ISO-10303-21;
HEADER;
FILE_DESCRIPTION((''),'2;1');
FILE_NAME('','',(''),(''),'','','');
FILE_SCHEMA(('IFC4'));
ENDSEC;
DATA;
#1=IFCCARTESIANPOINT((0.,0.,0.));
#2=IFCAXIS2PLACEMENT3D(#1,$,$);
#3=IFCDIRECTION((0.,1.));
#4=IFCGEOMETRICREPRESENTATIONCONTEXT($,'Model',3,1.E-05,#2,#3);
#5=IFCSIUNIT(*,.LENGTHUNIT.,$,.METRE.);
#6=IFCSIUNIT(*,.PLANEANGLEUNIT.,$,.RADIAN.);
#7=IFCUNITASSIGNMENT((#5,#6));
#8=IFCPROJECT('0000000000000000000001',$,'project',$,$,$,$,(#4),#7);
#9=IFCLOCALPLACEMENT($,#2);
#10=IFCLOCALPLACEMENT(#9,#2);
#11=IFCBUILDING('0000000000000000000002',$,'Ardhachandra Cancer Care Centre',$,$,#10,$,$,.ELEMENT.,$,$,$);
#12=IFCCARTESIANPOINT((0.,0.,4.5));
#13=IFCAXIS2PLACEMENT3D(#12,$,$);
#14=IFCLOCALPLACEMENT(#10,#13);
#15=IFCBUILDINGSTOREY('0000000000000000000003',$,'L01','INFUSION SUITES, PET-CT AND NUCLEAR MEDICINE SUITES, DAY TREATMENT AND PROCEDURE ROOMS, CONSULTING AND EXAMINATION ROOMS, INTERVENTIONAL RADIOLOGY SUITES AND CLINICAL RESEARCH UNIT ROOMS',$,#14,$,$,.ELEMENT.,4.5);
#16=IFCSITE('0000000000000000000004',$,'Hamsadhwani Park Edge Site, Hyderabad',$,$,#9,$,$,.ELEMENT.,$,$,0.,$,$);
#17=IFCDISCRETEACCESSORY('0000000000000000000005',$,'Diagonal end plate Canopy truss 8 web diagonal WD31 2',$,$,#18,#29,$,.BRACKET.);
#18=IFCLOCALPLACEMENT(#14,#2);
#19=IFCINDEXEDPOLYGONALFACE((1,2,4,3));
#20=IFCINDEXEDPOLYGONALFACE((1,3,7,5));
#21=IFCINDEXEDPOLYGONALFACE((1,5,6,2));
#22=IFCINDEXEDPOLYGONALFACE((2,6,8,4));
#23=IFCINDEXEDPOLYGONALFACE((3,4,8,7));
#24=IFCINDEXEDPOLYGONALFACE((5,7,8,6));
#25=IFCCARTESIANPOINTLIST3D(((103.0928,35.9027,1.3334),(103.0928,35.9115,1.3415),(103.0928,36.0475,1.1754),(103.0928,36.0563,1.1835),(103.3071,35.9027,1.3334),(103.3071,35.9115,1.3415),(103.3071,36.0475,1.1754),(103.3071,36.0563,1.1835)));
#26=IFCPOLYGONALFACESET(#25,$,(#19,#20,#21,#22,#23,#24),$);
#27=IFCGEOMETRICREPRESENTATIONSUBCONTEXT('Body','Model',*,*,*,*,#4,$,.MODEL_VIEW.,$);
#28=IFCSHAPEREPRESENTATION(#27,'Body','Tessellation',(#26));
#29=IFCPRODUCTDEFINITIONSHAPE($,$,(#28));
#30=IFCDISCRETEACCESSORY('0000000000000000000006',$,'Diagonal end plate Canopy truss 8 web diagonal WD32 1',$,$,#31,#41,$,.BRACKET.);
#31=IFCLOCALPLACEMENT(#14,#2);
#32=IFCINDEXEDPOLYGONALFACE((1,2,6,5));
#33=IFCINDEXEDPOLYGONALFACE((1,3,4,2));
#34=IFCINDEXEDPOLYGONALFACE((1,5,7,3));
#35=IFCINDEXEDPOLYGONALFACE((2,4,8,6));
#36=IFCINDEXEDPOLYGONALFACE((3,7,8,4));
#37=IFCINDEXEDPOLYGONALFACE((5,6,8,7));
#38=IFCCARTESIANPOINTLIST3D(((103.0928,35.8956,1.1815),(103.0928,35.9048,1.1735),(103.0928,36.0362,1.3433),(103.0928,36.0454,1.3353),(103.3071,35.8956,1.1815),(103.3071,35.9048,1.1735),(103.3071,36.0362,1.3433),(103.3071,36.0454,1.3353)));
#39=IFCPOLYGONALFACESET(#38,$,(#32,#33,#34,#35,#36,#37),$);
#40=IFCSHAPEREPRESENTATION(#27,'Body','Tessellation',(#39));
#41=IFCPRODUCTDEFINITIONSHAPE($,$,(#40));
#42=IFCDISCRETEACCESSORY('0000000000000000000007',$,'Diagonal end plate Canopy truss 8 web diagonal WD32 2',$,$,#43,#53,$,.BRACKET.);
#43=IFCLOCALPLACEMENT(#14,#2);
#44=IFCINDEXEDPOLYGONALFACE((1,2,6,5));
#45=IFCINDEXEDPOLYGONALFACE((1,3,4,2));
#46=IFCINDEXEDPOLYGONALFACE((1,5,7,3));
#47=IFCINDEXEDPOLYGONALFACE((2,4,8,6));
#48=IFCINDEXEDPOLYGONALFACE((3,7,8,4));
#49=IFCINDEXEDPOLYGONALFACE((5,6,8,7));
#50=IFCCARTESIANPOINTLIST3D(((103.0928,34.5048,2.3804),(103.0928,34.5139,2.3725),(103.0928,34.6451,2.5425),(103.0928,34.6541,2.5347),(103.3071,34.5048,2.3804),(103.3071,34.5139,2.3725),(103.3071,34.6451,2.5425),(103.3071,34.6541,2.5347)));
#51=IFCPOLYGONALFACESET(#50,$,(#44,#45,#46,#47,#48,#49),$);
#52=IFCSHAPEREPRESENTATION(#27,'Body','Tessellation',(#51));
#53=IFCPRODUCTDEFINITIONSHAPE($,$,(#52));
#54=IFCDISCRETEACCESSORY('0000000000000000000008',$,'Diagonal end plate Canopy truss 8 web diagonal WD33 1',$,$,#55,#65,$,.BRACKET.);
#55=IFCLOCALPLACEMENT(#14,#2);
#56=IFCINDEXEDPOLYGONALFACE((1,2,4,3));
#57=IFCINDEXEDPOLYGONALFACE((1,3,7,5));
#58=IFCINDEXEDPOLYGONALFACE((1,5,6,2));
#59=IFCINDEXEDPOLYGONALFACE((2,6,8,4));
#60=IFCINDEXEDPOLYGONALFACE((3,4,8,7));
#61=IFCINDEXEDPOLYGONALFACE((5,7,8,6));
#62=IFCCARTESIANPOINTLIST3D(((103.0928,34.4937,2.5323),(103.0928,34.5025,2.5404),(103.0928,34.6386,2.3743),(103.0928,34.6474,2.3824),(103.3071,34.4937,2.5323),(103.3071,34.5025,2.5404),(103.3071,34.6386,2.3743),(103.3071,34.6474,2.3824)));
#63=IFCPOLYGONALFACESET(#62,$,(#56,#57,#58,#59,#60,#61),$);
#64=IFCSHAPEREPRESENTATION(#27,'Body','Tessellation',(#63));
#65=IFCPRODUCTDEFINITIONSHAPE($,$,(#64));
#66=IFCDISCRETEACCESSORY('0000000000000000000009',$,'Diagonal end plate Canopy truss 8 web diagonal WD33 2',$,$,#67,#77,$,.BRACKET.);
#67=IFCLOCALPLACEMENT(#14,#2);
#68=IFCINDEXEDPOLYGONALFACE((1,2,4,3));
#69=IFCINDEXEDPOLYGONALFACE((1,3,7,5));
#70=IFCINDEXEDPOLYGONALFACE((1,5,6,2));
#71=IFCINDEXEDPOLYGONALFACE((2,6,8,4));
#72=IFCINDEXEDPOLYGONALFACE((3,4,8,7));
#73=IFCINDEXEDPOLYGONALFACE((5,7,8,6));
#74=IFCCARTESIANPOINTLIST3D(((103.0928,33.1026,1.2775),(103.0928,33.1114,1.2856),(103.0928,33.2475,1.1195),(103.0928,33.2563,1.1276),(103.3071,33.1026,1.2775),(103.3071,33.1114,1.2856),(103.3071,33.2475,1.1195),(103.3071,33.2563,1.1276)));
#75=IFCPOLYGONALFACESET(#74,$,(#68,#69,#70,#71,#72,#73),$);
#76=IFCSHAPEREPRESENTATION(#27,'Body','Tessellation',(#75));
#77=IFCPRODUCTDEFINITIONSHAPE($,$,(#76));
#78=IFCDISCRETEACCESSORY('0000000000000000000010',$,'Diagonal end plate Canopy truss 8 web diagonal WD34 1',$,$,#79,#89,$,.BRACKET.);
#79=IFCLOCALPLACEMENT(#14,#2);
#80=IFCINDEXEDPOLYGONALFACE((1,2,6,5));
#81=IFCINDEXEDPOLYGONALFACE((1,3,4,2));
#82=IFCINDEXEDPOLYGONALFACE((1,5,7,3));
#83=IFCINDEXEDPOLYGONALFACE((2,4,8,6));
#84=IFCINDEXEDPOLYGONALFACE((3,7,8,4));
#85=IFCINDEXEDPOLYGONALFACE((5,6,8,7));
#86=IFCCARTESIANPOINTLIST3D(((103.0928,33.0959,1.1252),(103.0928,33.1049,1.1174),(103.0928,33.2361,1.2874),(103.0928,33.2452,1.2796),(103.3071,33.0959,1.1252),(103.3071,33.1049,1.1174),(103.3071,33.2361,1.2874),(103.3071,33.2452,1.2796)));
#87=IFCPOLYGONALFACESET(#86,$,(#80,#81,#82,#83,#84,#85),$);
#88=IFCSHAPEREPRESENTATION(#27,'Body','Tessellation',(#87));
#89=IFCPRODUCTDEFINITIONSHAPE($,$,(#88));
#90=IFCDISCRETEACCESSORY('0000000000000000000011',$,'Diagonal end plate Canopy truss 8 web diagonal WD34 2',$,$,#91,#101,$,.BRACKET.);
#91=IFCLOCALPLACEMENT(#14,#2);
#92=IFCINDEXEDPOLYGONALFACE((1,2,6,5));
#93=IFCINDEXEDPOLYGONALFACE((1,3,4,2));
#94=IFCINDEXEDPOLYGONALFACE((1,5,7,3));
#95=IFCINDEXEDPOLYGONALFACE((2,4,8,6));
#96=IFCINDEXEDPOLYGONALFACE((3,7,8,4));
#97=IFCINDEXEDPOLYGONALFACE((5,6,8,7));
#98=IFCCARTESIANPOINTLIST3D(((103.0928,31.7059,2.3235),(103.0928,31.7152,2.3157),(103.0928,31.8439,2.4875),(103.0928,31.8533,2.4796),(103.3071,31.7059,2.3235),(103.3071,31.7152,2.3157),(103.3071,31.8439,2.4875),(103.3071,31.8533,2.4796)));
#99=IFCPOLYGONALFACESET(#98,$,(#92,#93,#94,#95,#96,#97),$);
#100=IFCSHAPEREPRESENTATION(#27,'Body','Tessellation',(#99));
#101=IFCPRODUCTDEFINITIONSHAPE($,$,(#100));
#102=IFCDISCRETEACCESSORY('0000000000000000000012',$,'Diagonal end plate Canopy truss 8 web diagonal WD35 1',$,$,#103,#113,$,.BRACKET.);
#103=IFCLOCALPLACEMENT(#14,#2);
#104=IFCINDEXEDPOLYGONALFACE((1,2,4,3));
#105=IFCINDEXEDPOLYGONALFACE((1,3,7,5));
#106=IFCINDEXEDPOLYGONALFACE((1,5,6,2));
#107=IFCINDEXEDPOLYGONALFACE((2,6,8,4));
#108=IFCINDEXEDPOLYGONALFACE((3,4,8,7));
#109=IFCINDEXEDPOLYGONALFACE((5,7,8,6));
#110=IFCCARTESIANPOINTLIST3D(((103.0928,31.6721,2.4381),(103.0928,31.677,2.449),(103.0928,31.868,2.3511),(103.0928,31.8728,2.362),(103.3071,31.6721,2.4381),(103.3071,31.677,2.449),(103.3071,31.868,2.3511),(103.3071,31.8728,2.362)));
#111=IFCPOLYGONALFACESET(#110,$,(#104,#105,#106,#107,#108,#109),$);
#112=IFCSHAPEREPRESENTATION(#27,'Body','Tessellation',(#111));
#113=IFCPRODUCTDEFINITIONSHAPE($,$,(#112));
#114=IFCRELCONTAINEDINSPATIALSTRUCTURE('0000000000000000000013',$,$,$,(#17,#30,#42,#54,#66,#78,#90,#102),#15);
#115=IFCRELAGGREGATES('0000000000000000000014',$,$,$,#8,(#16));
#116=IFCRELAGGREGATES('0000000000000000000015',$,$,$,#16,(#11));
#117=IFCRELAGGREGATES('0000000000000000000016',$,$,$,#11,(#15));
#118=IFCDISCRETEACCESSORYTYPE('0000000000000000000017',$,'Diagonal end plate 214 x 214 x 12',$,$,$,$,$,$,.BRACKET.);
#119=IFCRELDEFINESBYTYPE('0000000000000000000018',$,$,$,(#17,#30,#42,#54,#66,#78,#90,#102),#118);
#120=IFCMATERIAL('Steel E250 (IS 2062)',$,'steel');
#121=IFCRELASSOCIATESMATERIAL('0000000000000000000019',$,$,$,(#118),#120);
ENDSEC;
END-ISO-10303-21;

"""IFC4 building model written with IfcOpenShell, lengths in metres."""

from ifc_helpers import new_model, si_unit, direction, frame, origin, origin_2d, place, context, subcontext, project, spatial, rectangle, extrude, material, material_profile, profile_set, type_object, element, save


model = new_model("IFC4")

# Units and contexts
model_context = context("Model", 3, precision=1e-05, world=origin(), true_north=direction((0.0, 1.0)))
body_context = subcontext(model_context, "Body", "Model", "MODEL_VIEW")
ifc_project = project(units=[si_unit("LENGTHUNIT", "METRE"), si_unit("PLANEANGLEUNIT", "RADIAN")], contexts=[model_context])

# Site, building, storey
site_placement = place(None, origin())
site = spatial("IfcSite", under=ifc_project, at=site_placement, Name="Hamsadhwani Park Edge Site, Hyderabad", CompositionType="ELEMENT", RefElevation=0.0)
building_placement = place(site_placement, origin())
building = spatial("IfcBuilding", under=site, at=building_placement, Name="Ardhachandra Cancer Care Centre", CompositionType="ELEMENT")
storey_placement = place(building_placement, frame((0.0, 0.0, 4.5)))
storey = spatial("IfcBuildingStorey", under=building, at=storey_placement, Name="L01", Description="INFUSION SUITES, PET-CT AND NUCLEAR MEDICINE SUITES, DAY TREATMENT AND PROCEDURE ROOMS, CONSULTING AND EXAMINATION ROOMS, INTERVENTIONAL RADIOLOGY SUITES AND CLINICAL RESEARCH UNIT ROOMS", CompositionType="ELEMENT", Elevation=4.5)

# Discrete accessories
ifc_material_1 = material(Name="Steel E250 (IS 2062)", Category="steel")
ifc_material_profile_1 = material_profile(ifc_material_1, rectangle(XDim=0.2144, YDim=0.2144, at=origin_2d()), Name="PL 214x214x12")
ifc_profile_set_1 = profile_set([ifc_material_profile_1], Name="Steel E250 (IS 2062)")
discrete_accessory_type = type_object("IfcDiscreteAccessoryType", Name="Diagonal end plate 214 x 214 x 12", PredefinedType="BRACKET", material=ifc_profile_set_1)
discrete_accessory_1_placement = place(storey_placement, frame((103.2, 35.9751, 1.2544), z_axis=(0.0, 0.737154, 0.675725), x_axis=(-1.0, 0.0, 0.0)))
element("IfcDiscreteAccessory", 1, at=discrete_accessory_1_placement, inside=storey, type_object=discrete_accessory_type, Name="Diagonal end plate Canopy truss 8 web diagonal WD31 2", PredefinedType="BRACKET", context=body_context, shape_type="SweptSolid", body=[
    extrude(rectangle(XDim=0.2144, YDim=0.2144, at=origin_2d()), origin(), (0.0, 0.0, 1.0), 0.012),
])
discrete_accessory_2_placement = place(storey_placement, frame((103.2, 35.9751, 1.2544), z_axis=(0.0, -0.755033, 0.655687), x_axis=(1.0, 0.0, 0.0)))
element("IfcDiscreteAccessory", 2, at=discrete_accessory_2_placement, inside=storey, type_object=discrete_accessory_type, Name="Diagonal end plate Canopy truss 8 web diagonal WD32 1", PredefinedType="BRACKET", context=body_context, shape_type="SweptSolid", body=[
    extrude(rectangle(XDim=0.2144, YDim=0.2144, at=origin_2d()), origin(), (0.0, 0.0, 1.0), 0.0122),
])
for number, where, z_axis, x_axis, name in (
    (3, (103.2, 34.575, 2.4614), (0.0, 0.756363, -0.654152), (-1.0, 0.0, 0.0), "Diagonal end plate Canopy truss 8 web diagonal WD32 2"),
    (4, (103.2, 34.575, 2.4614), (0.0, -0.737154, -0.675725), (1.0, 0.0, 0.0), "Diagonal end plate Canopy truss 8 web diagonal WD33 1"),
    (5, (103.2, 33.175, 1.1985), (0.0, 0.737154, 0.675725), (-1.0, 0.0, 0.0), "Diagonal end plate Canopy truss 8 web diagonal WD33 2"),
    (6, (103.2, 33.175, 1.1985), (0.0, -0.756363, 0.654152), (1.0, 0.0, 0.0), "Diagonal end plate Canopy truss 8 web diagonal WD34 1"),
):
    element("IfcDiscreteAccessory", number, at=place(storey_placement, frame(where, z_axis=z_axis, x_axis=x_axis)), inside=storey, type_object=discrete_accessory_type, Name=name, PredefinedType="BRACKET", context=body_context, shape_type="SweptSolid", body=[
        extrude(rectangle(XDim=0.2144, YDim=0.2144, at=origin_2d()), origin(), (0.0, 0.0, 1.0), 0.012),
    ])
discrete_accessory_3_placement = place(storey_placement, frame((103.2, 31.7749, 2.4055), z_axis=(0.0, 0.764911, -0.644136), x_axis=(-1.0, 0.0, 0.0)))
element("IfcDiscreteAccessory", 7, at=discrete_accessory_3_placement, inside=storey, type_object=discrete_accessory_type, Name="Diagonal end plate Canopy truss 8 web diagonal WD34 2", PredefinedType="BRACKET", context=body_context, shape_type="SweptSolid", body=[
    extrude(rectangle(XDim=0.2144, YDim=0.2144, at=origin_2d()), origin(), (0.0, 0.0, 1.0), 0.0122),
])
discrete_accessory_4_placement = place(storey_placement, frame((103.2, 31.7749, 2.4055), z_axis=(0.0, -0.406138, -0.913812), x_axis=(1.0, 0.0, 0.0)))
element("IfcDiscreteAccessory", 8, at=discrete_accessory_4_placement, inside=storey, type_object=discrete_accessory_type, Name="Diagonal end plate Canopy truss 8 web diagonal WD35 1", PredefinedType="BRACKET", context=body_context, shape_type="SweptSolid", body=[
    extrude(rectangle(XDim=0.2144, YDim=0.2144, at=origin_2d()), origin(), (0.0, 0.0, 1.0), 0.012),
])

save(model, "model.ifc")
